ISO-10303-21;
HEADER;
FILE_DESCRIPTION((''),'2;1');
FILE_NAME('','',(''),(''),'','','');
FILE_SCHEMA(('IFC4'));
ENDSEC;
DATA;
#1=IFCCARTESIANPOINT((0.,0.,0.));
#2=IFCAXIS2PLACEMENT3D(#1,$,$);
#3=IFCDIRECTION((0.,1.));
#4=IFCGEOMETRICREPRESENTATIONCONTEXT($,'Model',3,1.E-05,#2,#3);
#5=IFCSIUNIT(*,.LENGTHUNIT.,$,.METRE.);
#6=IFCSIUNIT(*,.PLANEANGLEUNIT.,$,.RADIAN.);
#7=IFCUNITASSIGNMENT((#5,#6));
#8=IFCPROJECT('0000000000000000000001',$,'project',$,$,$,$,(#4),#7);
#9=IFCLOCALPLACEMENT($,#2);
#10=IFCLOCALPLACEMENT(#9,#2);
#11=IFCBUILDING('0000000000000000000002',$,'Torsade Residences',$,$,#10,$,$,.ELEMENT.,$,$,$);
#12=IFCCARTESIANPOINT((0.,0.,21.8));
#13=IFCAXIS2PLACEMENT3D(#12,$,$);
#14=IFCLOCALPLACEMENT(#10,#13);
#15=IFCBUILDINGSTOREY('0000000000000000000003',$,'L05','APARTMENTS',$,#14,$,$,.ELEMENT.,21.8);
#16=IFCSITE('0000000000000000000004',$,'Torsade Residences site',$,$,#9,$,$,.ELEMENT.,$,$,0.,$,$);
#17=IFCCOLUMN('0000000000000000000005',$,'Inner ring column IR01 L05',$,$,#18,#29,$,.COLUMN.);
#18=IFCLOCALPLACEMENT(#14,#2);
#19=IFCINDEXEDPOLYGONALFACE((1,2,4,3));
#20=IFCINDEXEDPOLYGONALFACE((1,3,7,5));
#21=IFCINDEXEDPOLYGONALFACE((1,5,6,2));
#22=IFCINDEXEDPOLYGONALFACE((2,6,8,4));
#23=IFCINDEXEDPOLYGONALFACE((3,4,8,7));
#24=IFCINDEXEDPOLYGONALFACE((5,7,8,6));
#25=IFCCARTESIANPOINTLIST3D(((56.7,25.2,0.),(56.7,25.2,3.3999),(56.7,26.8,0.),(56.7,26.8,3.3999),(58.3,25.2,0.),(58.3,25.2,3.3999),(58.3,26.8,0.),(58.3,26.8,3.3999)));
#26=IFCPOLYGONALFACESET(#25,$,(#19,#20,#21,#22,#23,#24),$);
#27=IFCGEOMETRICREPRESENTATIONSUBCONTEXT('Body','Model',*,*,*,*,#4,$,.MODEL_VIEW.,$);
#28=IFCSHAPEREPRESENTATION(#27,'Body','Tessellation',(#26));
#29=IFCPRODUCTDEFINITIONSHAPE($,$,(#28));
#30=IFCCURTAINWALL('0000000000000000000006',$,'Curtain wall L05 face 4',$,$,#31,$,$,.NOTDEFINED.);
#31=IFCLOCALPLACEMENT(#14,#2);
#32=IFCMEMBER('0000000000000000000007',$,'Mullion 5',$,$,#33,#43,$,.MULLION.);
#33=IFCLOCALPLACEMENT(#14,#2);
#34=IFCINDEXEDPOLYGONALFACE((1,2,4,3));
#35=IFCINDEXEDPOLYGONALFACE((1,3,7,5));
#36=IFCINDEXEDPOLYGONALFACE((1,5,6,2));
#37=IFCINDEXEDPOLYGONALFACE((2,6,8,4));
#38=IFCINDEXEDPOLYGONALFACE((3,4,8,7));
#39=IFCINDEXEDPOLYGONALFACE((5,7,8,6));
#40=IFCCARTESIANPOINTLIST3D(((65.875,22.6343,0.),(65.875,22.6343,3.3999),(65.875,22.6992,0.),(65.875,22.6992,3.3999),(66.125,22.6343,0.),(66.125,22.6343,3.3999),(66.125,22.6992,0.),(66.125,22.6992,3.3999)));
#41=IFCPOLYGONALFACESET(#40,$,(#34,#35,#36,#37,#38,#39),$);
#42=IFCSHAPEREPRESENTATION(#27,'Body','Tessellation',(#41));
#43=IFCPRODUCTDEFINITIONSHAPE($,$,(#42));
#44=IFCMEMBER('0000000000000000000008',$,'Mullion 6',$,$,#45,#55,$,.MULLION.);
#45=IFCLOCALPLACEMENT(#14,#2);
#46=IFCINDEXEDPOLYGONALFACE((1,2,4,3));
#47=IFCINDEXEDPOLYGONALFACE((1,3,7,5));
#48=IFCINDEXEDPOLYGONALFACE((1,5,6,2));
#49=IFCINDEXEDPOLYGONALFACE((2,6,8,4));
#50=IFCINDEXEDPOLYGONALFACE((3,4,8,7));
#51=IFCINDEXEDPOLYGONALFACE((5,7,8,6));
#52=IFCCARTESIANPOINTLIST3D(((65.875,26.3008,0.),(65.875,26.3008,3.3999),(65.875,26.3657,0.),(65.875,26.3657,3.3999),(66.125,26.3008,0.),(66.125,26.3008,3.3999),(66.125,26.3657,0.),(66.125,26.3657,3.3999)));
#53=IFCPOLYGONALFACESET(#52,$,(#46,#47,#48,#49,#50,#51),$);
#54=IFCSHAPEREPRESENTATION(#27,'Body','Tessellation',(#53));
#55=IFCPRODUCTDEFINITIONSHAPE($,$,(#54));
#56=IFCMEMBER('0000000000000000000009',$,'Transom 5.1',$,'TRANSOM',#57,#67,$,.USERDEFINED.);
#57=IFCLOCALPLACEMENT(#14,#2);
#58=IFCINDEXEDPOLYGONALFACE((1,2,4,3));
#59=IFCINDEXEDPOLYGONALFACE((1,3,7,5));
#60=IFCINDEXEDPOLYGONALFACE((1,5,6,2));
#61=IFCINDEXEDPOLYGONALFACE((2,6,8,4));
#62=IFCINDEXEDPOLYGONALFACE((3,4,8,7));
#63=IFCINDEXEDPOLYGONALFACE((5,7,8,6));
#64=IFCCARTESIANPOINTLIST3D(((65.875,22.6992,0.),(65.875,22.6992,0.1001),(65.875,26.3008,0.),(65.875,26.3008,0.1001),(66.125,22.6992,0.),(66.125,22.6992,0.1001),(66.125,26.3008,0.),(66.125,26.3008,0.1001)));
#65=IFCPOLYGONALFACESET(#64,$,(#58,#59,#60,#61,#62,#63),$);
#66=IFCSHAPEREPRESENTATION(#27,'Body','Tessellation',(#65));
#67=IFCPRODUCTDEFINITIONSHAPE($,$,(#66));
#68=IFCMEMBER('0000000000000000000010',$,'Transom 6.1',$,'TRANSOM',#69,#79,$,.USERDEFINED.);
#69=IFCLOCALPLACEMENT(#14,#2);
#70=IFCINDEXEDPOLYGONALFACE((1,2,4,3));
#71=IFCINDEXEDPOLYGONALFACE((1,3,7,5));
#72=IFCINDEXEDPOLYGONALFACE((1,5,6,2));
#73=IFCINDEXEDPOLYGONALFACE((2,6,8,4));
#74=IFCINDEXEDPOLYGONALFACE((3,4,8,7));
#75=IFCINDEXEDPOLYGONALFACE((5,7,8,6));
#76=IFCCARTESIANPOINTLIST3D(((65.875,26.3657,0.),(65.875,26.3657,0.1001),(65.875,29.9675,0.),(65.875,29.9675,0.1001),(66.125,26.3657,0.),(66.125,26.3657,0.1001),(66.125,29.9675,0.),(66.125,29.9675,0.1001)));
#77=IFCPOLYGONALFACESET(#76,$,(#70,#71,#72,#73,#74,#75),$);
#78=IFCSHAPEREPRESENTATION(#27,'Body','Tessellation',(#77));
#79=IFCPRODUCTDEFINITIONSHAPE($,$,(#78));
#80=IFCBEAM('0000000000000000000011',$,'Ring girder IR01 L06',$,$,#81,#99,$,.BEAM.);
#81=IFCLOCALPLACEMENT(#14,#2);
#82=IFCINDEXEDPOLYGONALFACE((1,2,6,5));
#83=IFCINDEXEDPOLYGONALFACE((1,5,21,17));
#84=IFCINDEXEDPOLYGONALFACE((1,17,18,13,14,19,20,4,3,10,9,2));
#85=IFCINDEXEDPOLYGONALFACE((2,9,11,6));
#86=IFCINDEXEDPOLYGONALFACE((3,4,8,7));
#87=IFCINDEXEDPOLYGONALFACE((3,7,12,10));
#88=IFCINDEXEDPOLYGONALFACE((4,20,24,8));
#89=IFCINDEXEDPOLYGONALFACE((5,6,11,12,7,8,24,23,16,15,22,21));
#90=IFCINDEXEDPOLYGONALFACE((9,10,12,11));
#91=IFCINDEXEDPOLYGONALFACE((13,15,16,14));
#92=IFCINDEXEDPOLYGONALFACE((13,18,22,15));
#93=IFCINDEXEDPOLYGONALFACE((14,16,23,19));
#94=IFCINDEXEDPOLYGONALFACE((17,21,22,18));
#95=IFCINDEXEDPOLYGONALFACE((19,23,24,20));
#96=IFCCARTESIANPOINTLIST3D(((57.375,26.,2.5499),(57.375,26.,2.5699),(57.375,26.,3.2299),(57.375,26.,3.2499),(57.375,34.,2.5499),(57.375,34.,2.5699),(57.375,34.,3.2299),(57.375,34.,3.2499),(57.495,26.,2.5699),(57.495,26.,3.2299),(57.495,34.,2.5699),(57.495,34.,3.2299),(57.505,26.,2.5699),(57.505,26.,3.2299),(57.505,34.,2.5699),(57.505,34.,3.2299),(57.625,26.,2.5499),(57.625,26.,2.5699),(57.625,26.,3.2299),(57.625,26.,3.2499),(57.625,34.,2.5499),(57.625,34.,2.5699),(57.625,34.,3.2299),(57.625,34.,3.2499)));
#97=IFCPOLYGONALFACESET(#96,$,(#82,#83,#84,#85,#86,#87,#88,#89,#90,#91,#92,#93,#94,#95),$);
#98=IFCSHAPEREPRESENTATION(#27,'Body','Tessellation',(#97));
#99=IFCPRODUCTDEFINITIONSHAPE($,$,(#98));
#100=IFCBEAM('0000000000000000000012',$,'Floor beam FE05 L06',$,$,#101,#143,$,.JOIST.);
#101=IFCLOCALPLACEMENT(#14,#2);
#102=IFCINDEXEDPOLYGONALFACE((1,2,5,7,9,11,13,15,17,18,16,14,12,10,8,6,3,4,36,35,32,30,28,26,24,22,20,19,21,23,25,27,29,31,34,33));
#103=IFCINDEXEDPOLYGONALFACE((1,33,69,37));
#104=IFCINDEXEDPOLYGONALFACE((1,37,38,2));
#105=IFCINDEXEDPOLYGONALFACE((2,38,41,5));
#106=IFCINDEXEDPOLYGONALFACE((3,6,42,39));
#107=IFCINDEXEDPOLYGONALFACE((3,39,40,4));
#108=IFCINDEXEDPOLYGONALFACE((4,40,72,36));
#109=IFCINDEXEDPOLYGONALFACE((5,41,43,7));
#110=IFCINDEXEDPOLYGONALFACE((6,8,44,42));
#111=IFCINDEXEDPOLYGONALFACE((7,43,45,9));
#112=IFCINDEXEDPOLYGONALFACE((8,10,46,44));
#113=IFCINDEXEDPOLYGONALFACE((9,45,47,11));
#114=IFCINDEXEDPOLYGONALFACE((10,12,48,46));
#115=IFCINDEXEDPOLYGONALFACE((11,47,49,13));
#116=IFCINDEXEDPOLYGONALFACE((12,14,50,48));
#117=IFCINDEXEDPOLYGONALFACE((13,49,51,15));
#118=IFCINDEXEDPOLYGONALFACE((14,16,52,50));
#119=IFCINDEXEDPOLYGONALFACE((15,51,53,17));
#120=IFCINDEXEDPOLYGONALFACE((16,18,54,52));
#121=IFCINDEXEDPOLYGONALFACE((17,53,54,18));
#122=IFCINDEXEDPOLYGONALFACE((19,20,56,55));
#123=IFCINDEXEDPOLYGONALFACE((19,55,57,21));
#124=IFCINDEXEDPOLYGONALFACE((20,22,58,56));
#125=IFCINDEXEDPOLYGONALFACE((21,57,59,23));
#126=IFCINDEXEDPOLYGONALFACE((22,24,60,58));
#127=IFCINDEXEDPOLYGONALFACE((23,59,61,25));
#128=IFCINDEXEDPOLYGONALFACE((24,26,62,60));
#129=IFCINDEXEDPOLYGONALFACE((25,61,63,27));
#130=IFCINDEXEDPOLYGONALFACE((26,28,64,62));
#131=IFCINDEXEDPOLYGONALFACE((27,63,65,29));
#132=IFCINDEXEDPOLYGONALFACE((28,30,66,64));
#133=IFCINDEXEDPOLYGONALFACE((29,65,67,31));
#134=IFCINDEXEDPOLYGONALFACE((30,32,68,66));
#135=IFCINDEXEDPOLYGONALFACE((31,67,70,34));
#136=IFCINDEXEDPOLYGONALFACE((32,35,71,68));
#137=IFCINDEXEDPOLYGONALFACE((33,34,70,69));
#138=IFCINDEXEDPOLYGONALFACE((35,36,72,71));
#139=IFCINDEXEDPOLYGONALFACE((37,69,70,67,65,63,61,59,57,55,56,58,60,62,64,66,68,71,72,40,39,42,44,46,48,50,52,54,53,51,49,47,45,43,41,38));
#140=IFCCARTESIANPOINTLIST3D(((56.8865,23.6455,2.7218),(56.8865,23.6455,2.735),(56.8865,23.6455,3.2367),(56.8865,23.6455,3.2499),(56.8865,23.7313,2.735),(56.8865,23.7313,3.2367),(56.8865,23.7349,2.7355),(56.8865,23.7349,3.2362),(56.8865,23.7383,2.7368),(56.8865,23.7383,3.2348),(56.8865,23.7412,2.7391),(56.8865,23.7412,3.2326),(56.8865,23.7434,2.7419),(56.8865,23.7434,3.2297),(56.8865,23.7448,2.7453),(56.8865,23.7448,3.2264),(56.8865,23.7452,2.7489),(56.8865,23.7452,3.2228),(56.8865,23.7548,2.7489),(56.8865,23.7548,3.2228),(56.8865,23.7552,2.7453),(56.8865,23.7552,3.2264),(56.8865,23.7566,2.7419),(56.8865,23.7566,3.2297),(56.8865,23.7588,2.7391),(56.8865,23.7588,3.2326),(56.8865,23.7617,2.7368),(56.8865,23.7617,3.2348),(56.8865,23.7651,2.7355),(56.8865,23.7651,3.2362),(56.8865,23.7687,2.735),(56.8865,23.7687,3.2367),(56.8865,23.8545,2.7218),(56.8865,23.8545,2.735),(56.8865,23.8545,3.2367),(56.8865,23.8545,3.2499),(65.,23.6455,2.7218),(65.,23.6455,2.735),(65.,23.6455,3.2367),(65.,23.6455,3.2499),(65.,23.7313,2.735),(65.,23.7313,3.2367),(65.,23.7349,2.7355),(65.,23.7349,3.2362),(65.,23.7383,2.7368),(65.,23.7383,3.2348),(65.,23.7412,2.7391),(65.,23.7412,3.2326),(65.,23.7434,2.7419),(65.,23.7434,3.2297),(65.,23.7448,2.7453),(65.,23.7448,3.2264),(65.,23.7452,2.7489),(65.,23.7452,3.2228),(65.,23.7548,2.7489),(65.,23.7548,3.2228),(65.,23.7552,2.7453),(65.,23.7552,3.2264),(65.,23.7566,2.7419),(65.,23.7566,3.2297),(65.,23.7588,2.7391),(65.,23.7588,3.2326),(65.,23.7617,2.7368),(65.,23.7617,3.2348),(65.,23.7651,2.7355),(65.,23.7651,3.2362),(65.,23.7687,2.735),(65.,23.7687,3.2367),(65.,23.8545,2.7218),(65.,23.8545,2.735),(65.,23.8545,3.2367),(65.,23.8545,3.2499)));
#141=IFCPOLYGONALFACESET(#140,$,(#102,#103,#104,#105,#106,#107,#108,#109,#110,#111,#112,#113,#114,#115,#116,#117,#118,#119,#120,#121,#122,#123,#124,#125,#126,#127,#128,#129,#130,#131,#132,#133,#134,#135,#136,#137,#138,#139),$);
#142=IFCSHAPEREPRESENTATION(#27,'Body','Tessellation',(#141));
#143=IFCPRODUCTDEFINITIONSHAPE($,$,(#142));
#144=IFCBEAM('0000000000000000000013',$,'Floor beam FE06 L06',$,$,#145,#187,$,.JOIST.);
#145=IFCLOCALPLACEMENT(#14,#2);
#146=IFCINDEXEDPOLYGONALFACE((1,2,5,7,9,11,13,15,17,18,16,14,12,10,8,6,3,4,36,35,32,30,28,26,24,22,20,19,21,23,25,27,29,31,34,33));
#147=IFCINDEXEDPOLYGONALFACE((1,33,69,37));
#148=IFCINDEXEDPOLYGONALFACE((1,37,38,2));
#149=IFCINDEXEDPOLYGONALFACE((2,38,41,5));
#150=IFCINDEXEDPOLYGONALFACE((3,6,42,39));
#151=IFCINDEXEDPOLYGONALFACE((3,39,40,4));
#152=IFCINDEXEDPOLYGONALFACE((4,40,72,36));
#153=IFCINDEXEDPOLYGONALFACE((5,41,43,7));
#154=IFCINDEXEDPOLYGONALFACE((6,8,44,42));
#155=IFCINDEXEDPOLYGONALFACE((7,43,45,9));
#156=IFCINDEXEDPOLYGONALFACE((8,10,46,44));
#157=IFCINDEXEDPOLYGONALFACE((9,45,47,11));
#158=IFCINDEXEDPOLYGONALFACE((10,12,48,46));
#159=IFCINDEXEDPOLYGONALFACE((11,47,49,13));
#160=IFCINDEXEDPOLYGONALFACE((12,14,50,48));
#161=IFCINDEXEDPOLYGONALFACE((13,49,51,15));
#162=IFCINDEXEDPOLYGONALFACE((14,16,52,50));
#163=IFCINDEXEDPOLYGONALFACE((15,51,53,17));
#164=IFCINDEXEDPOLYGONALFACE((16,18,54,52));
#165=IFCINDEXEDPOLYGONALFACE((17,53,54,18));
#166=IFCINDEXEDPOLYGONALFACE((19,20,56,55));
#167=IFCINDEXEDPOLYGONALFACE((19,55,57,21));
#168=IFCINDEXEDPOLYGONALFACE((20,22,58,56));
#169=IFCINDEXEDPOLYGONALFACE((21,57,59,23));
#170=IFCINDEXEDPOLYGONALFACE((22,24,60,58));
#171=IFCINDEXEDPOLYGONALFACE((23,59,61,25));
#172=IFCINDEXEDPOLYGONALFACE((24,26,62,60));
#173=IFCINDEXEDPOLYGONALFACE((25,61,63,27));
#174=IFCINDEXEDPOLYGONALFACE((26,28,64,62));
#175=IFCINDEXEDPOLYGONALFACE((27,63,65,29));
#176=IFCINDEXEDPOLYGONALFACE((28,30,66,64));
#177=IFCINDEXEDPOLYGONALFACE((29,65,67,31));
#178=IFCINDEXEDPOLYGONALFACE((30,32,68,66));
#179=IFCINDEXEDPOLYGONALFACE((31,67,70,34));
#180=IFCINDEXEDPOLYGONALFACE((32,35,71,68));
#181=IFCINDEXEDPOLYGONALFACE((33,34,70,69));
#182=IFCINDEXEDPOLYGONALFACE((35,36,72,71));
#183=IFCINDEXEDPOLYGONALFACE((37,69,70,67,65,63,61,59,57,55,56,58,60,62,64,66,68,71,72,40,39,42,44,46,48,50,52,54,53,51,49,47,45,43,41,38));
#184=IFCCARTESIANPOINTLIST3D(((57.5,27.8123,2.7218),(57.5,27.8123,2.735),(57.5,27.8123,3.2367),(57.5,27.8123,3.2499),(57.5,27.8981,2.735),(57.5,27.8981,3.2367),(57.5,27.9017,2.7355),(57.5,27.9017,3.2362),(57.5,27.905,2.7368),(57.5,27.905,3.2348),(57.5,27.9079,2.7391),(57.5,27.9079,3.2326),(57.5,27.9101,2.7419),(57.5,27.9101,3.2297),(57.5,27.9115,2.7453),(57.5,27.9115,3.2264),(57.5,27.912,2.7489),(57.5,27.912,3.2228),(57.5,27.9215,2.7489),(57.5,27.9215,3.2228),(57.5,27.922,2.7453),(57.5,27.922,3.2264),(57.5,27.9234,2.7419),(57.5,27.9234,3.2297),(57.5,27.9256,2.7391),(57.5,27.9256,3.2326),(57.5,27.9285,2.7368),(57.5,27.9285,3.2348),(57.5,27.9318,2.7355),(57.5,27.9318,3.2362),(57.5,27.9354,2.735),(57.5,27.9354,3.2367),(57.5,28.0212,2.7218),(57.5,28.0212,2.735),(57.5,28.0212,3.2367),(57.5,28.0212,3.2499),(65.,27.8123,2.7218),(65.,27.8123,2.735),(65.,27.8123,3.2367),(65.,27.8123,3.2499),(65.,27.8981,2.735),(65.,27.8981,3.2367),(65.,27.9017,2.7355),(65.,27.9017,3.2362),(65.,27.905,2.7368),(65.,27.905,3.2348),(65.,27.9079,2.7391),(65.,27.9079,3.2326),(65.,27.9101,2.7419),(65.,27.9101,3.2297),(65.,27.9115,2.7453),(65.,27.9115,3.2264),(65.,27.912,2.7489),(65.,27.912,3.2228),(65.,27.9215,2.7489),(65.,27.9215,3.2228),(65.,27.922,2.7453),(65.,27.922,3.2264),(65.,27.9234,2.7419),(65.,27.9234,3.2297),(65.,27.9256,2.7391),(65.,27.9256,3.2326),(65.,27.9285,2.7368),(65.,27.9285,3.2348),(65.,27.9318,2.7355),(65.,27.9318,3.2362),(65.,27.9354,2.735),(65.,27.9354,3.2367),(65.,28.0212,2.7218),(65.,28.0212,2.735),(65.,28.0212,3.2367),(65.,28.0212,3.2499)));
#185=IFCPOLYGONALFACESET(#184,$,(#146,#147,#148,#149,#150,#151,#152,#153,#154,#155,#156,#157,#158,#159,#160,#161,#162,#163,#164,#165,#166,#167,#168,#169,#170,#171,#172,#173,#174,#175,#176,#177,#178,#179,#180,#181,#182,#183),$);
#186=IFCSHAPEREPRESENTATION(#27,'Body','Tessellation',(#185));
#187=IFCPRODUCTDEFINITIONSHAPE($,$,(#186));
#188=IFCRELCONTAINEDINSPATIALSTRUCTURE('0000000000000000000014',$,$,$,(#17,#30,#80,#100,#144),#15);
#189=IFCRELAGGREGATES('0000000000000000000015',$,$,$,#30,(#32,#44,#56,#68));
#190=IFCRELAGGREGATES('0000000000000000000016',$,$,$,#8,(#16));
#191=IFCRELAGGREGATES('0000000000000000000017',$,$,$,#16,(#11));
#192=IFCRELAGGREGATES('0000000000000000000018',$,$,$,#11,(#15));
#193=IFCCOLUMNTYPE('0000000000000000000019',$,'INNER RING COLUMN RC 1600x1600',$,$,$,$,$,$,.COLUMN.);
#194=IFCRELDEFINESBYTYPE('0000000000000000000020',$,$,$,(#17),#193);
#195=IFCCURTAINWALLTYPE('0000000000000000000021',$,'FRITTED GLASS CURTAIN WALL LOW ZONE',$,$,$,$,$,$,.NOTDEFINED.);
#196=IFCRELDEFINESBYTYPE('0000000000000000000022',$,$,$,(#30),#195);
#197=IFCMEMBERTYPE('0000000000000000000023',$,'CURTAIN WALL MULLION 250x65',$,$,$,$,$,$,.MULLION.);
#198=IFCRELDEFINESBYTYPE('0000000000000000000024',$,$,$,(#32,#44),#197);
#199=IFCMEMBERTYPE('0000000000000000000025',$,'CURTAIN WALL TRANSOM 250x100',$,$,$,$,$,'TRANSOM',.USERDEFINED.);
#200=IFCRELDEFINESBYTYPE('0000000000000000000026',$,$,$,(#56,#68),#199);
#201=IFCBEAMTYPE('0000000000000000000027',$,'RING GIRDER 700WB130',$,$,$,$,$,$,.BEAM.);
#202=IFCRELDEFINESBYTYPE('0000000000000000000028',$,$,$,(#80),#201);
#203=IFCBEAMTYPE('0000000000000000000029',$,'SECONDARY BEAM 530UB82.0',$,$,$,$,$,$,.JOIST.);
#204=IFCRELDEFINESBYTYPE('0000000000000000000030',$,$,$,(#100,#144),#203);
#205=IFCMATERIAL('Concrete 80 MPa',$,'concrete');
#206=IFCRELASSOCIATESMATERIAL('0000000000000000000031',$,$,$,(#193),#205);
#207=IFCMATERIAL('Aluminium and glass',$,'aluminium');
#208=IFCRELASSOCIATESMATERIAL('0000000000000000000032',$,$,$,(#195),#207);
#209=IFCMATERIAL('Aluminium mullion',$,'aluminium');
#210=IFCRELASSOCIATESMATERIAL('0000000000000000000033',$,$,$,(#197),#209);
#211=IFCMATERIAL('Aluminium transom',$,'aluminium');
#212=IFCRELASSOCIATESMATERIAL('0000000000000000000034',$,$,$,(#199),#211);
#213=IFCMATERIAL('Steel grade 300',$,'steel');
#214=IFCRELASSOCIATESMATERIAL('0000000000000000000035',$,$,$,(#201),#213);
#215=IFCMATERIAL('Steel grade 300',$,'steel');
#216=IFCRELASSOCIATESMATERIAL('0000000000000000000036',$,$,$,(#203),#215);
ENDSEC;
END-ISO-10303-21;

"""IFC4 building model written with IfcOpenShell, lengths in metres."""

from ifc_helpers import new_model, si_unit, direction, frame, origin, origin_2d, place, context, subcontext, project, spatial, rectangle, i_section, extrude, material, material_profile, profile_set, type_object, element, aggregate, save


model = new_model("IFC4")

# Units and contexts
model_context = context("Model", 3, precision=1e-05, world=origin(), true_north=direction((0.0, 1.0)))
body_context = subcontext(model_context, "Body", "Model", "MODEL_VIEW")
ifc_project = project(units=[si_unit("LENGTHUNIT", "METRE"), si_unit("PLANEANGLEUNIT", "RADIAN")], contexts=[model_context])

# Site, building, storey
site_placement = place(None, origin())
site = spatial("IfcSite", under=ifc_project, at=site_placement, Name="Torsade Residences site", CompositionType="ELEMENT", RefElevation=0.0)
building_placement = place(site_placement, origin())
building = spatial("IfcBuilding", under=site, at=building_placement, Name="Torsade Residences", CompositionType="ELEMENT")
storey_placement = place(building_placement, frame((0.0, 0.0, 21.8)))
storey = spatial("IfcBuildingStorey", under=building, at=storey_placement, Name="L05", Description="APARTMENTS", CompositionType="ELEMENT", Elevation=21.8)

# Column
ifc_material_1 = material(Name="Concrete 80 MPa", Category="concrete")
ifc_material_profile_1 = material_profile(ifc_material_1, rectangle(XDim=1.6001, YDim=1.6001, at=origin_2d()), Name="RC 1600x1600")
ifc_profile_set_1 = profile_set([ifc_material_profile_1], Name="Concrete 80 MPa")
column_type = type_object("IfcColumnType", Name="INNER RING COLUMN RC 1600x1600", PredefinedType="COLUMN", material=ifc_profile_set_1)
column_placement = place(storey_placement, frame((57.5, 26.0, 0.0), z_axis=(0.0, 0.0, 1.0), x_axis=(1.0, 0.0, 0.0)))
element("IfcColumn", 1, at=column_placement, inside=storey, type_object=column_type, Name="Inner ring column IR01 L05", PredefinedType="COLUMN", context=body_context, shape_type="SweptSolid", body=[
    extrude(rectangle(XDim=1.6001, YDim=1.6001, at=origin_2d()), origin(), (0.0, 0.0, 1.0), 3.3999),
])

# Curtain wall, members
ifc_material_2 = material(Name="Aluminium and glass", Category="aluminium")
curtain_wall_type = type_object("IfcCurtainWallType", Name="FRITTED GLASS CURTAIN WALL LOW ZONE", PredefinedType="NOTDEFINED", material=ifc_material_2)
curtain_wall_placement = place(storey_placement, origin())
curtain_wall = element("IfcCurtainWall", 2, at=curtain_wall_placement, inside=storey, type_object=curtain_wall_type, Name="Curtain wall L05 face 4", PredefinedType="NOTDEFINED")
ifc_material_3 = material(Name="Aluminium mullion", Category="aluminium")
ifc_material_profile_2 = material_profile(ifc_material_3, rectangle(XDim=0.25, YDim=0.0649, at=origin_2d()), Name="CURTAIN WALL MULLION 250x65")
ifc_profile_set_2 = profile_set([ifc_material_profile_2], Name="Aluminium mullion")
member_type_1 = type_object("IfcMemberType", Name="CURTAIN WALL MULLION 250x65", PredefinedType="MULLION", material=ifc_profile_set_2)
member_1_placement = place(storey_placement, frame((66.0, 22.6667, 0.0), z_axis=(0.0, 0.0, 1.0), x_axis=(-1.0, 0.0, 0.0)))
member_1 = element("IfcMember", 3, at=member_1_placement, type_object=member_type_1, Name="Mullion 5", PredefinedType="MULLION", context=body_context, shape_type="SweptSolid", body=[
    extrude(rectangle(XDim=0.25, YDim=0.0649, at=origin_2d()), origin(), (0.0, 0.0, 1.0), 3.3999),
])
member_2_placement = place(storey_placement, frame((66.0, 26.3333, 0.0), z_axis=(0.0, 0.0, 1.0), x_axis=(-1.0, 0.0, 0.0)))
member_2 = element("IfcMember", 4, at=member_2_placement, type_object=member_type_1, Name="Mullion 6", PredefinedType="MULLION", context=body_context, shape_type="SweptSolid", body=[
    extrude(rectangle(XDim=0.25, YDim=0.0649, at=origin_2d()), origin(), (0.0, 0.0, 1.0), 3.3999),
])
ifc_material_4 = material(Name="Aluminium transom", Category="aluminium")
ifc_material_profile_3 = material_profile(ifc_material_4, rectangle(XDim=0.25, YDim=0.1001, at=origin_2d()), Name="CURTAIN WALL TRANSOM 250x100")
ifc_profile_set_3 = profile_set([ifc_material_profile_3], Name="Aluminium transom")
member_type_2 = type_object("IfcMemberType", Name="CURTAIN WALL TRANSOM 250x100", ElementType="TRANSOM", PredefinedType="USERDEFINED", material=ifc_profile_set_3)
member_3_placement = place(storey_placement, frame((66.0, 22.6992, 0.05), z_axis=(0.0, 1.0, 0.0), x_axis=(-1.0, 0.0, 0.0)))
member_3 = element("IfcMember", 5, at=member_3_placement, type_object=member_type_2, Name="Transom 5.1", ObjectType="TRANSOM", PredefinedType="USERDEFINED", context=body_context, shape_type="SweptSolid", body=[
    extrude(rectangle(XDim=0.25, YDim=0.1001, at=origin_2d()), origin(), (0.0, 0.0, 1.0), 3.6016),
])
member_4_placement = place(storey_placement, frame((66.0, 26.3657, 0.05), z_axis=(0.0, 1.0, 0.0), x_axis=(-1.0, 0.0, 0.0)))
member_4 = element("IfcMember", 6, at=member_4_placement, type_object=member_type_2, Name="Transom 6.1", ObjectType="TRANSOM", PredefinedType="USERDEFINED", context=body_context, shape_type="SweptSolid", body=[
    extrude(rectangle(XDim=0.25, YDim=0.1001, at=origin_2d()), origin(), (0.0, 0.0, 1.0), 3.6018),
])

# Beams
ifc_material_5 = material(Name="Steel grade 300", Category="steel")
ifc_material_profile_4 = material_profile(ifc_material_5, i_section(OverallWidth=0.25, OverallDepth=0.7, WebThickness=0.01, FlangeThickness=0.02, at=origin_2d()), Name="700WB130")
ifc_profile_set_4 = profile_set([ifc_material_profile_4], Name="Steel grade 300")
beam_type_1 = type_object("IfcBeamType", Name="RING GIRDER 700WB130", PredefinedType="BEAM", material=ifc_profile_set_4)
beam_1_placement = place(storey_placement, frame((57.5, 26.0, 2.8999), z_axis=(0.0, 1.0, 0.0), x_axis=(-1.0, 0.0, 0.0)))
element("IfcBeam", 7, at=beam_1_placement, inside=storey, type_object=beam_type_1, Name="Ring girder IR01 L06", PredefinedType="BEAM", context=body_context, shape_type="SweptSolid", body=[
    extrude(i_section(OverallWidth=0.25, OverallDepth=0.7, WebThickness=0.01, FlangeThickness=0.02, at=origin_2d()), origin(), (0.0, 0.0, 1.0), 8.0),
])
ifc_material_6 = material(Name="Steel grade 300", Category="steel")
ifc_material_profile_5 = material_profile(ifc_material_6, i_section(OverallWidth=0.209, OverallDepth=0.5281, WebThickness=0.0095, FlangeThickness=0.0132, FilletRadius=0.0139, at=origin_2d()), Name="530UB82.0")
ifc_profile_set_5 = profile_set([ifc_material_profile_5], Name="Steel grade 300")
beam_type_2 = type_object("IfcBeamType", Name="SECONDARY BEAM 530UB82.0", PredefinedType="JOIST", material=ifc_profile_set_5)
beam_2_placement = place(storey_placement, frame((65.0, 23.75, 2.9858), z_axis=(-1.0, 0.0, 0.0), x_axis=(0.0, -1.0, 0.0)))
element("IfcBeam", 8, at=beam_2_placement, inside=storey, type_object=beam_type_2, Name="Floor beam FE05 L06", PredefinedType="JOIST", context=body_context, shape_type="SweptSolid", body=[
    extrude(i_section(OverallWidth=0.209, OverallDepth=0.5281, WebThickness=0.0095, FlangeThickness=0.0132, FilletRadius=0.0139, at=origin_2d()), origin(), (0.0, 0.0, 1.0), 8.1135),
])
beam_3_placement = place(storey_placement, frame((65.0, 27.9167, 2.9858), z_axis=(-1.0, 0.0, 0.0), x_axis=(0.0, -1.0, 0.0)))
element("IfcBeam", 9, at=beam_3_placement, inside=storey, type_object=beam_type_2, Name="Floor beam FE06 L06", PredefinedType="JOIST", context=body_context, shape_type="SweptSolid", body=[
    extrude(i_section(OverallWidth=0.209, OverallDepth=0.5281, WebThickness=0.0095, FlangeThickness=0.0132, FilletRadius=0.0139, at=origin_2d()), origin(), (0.0, 0.0, 1.0), 7.5),
])

aggregate(curtain_wall, [member_1, member_2, member_3, member_4])

save(model, "model.ifc")
